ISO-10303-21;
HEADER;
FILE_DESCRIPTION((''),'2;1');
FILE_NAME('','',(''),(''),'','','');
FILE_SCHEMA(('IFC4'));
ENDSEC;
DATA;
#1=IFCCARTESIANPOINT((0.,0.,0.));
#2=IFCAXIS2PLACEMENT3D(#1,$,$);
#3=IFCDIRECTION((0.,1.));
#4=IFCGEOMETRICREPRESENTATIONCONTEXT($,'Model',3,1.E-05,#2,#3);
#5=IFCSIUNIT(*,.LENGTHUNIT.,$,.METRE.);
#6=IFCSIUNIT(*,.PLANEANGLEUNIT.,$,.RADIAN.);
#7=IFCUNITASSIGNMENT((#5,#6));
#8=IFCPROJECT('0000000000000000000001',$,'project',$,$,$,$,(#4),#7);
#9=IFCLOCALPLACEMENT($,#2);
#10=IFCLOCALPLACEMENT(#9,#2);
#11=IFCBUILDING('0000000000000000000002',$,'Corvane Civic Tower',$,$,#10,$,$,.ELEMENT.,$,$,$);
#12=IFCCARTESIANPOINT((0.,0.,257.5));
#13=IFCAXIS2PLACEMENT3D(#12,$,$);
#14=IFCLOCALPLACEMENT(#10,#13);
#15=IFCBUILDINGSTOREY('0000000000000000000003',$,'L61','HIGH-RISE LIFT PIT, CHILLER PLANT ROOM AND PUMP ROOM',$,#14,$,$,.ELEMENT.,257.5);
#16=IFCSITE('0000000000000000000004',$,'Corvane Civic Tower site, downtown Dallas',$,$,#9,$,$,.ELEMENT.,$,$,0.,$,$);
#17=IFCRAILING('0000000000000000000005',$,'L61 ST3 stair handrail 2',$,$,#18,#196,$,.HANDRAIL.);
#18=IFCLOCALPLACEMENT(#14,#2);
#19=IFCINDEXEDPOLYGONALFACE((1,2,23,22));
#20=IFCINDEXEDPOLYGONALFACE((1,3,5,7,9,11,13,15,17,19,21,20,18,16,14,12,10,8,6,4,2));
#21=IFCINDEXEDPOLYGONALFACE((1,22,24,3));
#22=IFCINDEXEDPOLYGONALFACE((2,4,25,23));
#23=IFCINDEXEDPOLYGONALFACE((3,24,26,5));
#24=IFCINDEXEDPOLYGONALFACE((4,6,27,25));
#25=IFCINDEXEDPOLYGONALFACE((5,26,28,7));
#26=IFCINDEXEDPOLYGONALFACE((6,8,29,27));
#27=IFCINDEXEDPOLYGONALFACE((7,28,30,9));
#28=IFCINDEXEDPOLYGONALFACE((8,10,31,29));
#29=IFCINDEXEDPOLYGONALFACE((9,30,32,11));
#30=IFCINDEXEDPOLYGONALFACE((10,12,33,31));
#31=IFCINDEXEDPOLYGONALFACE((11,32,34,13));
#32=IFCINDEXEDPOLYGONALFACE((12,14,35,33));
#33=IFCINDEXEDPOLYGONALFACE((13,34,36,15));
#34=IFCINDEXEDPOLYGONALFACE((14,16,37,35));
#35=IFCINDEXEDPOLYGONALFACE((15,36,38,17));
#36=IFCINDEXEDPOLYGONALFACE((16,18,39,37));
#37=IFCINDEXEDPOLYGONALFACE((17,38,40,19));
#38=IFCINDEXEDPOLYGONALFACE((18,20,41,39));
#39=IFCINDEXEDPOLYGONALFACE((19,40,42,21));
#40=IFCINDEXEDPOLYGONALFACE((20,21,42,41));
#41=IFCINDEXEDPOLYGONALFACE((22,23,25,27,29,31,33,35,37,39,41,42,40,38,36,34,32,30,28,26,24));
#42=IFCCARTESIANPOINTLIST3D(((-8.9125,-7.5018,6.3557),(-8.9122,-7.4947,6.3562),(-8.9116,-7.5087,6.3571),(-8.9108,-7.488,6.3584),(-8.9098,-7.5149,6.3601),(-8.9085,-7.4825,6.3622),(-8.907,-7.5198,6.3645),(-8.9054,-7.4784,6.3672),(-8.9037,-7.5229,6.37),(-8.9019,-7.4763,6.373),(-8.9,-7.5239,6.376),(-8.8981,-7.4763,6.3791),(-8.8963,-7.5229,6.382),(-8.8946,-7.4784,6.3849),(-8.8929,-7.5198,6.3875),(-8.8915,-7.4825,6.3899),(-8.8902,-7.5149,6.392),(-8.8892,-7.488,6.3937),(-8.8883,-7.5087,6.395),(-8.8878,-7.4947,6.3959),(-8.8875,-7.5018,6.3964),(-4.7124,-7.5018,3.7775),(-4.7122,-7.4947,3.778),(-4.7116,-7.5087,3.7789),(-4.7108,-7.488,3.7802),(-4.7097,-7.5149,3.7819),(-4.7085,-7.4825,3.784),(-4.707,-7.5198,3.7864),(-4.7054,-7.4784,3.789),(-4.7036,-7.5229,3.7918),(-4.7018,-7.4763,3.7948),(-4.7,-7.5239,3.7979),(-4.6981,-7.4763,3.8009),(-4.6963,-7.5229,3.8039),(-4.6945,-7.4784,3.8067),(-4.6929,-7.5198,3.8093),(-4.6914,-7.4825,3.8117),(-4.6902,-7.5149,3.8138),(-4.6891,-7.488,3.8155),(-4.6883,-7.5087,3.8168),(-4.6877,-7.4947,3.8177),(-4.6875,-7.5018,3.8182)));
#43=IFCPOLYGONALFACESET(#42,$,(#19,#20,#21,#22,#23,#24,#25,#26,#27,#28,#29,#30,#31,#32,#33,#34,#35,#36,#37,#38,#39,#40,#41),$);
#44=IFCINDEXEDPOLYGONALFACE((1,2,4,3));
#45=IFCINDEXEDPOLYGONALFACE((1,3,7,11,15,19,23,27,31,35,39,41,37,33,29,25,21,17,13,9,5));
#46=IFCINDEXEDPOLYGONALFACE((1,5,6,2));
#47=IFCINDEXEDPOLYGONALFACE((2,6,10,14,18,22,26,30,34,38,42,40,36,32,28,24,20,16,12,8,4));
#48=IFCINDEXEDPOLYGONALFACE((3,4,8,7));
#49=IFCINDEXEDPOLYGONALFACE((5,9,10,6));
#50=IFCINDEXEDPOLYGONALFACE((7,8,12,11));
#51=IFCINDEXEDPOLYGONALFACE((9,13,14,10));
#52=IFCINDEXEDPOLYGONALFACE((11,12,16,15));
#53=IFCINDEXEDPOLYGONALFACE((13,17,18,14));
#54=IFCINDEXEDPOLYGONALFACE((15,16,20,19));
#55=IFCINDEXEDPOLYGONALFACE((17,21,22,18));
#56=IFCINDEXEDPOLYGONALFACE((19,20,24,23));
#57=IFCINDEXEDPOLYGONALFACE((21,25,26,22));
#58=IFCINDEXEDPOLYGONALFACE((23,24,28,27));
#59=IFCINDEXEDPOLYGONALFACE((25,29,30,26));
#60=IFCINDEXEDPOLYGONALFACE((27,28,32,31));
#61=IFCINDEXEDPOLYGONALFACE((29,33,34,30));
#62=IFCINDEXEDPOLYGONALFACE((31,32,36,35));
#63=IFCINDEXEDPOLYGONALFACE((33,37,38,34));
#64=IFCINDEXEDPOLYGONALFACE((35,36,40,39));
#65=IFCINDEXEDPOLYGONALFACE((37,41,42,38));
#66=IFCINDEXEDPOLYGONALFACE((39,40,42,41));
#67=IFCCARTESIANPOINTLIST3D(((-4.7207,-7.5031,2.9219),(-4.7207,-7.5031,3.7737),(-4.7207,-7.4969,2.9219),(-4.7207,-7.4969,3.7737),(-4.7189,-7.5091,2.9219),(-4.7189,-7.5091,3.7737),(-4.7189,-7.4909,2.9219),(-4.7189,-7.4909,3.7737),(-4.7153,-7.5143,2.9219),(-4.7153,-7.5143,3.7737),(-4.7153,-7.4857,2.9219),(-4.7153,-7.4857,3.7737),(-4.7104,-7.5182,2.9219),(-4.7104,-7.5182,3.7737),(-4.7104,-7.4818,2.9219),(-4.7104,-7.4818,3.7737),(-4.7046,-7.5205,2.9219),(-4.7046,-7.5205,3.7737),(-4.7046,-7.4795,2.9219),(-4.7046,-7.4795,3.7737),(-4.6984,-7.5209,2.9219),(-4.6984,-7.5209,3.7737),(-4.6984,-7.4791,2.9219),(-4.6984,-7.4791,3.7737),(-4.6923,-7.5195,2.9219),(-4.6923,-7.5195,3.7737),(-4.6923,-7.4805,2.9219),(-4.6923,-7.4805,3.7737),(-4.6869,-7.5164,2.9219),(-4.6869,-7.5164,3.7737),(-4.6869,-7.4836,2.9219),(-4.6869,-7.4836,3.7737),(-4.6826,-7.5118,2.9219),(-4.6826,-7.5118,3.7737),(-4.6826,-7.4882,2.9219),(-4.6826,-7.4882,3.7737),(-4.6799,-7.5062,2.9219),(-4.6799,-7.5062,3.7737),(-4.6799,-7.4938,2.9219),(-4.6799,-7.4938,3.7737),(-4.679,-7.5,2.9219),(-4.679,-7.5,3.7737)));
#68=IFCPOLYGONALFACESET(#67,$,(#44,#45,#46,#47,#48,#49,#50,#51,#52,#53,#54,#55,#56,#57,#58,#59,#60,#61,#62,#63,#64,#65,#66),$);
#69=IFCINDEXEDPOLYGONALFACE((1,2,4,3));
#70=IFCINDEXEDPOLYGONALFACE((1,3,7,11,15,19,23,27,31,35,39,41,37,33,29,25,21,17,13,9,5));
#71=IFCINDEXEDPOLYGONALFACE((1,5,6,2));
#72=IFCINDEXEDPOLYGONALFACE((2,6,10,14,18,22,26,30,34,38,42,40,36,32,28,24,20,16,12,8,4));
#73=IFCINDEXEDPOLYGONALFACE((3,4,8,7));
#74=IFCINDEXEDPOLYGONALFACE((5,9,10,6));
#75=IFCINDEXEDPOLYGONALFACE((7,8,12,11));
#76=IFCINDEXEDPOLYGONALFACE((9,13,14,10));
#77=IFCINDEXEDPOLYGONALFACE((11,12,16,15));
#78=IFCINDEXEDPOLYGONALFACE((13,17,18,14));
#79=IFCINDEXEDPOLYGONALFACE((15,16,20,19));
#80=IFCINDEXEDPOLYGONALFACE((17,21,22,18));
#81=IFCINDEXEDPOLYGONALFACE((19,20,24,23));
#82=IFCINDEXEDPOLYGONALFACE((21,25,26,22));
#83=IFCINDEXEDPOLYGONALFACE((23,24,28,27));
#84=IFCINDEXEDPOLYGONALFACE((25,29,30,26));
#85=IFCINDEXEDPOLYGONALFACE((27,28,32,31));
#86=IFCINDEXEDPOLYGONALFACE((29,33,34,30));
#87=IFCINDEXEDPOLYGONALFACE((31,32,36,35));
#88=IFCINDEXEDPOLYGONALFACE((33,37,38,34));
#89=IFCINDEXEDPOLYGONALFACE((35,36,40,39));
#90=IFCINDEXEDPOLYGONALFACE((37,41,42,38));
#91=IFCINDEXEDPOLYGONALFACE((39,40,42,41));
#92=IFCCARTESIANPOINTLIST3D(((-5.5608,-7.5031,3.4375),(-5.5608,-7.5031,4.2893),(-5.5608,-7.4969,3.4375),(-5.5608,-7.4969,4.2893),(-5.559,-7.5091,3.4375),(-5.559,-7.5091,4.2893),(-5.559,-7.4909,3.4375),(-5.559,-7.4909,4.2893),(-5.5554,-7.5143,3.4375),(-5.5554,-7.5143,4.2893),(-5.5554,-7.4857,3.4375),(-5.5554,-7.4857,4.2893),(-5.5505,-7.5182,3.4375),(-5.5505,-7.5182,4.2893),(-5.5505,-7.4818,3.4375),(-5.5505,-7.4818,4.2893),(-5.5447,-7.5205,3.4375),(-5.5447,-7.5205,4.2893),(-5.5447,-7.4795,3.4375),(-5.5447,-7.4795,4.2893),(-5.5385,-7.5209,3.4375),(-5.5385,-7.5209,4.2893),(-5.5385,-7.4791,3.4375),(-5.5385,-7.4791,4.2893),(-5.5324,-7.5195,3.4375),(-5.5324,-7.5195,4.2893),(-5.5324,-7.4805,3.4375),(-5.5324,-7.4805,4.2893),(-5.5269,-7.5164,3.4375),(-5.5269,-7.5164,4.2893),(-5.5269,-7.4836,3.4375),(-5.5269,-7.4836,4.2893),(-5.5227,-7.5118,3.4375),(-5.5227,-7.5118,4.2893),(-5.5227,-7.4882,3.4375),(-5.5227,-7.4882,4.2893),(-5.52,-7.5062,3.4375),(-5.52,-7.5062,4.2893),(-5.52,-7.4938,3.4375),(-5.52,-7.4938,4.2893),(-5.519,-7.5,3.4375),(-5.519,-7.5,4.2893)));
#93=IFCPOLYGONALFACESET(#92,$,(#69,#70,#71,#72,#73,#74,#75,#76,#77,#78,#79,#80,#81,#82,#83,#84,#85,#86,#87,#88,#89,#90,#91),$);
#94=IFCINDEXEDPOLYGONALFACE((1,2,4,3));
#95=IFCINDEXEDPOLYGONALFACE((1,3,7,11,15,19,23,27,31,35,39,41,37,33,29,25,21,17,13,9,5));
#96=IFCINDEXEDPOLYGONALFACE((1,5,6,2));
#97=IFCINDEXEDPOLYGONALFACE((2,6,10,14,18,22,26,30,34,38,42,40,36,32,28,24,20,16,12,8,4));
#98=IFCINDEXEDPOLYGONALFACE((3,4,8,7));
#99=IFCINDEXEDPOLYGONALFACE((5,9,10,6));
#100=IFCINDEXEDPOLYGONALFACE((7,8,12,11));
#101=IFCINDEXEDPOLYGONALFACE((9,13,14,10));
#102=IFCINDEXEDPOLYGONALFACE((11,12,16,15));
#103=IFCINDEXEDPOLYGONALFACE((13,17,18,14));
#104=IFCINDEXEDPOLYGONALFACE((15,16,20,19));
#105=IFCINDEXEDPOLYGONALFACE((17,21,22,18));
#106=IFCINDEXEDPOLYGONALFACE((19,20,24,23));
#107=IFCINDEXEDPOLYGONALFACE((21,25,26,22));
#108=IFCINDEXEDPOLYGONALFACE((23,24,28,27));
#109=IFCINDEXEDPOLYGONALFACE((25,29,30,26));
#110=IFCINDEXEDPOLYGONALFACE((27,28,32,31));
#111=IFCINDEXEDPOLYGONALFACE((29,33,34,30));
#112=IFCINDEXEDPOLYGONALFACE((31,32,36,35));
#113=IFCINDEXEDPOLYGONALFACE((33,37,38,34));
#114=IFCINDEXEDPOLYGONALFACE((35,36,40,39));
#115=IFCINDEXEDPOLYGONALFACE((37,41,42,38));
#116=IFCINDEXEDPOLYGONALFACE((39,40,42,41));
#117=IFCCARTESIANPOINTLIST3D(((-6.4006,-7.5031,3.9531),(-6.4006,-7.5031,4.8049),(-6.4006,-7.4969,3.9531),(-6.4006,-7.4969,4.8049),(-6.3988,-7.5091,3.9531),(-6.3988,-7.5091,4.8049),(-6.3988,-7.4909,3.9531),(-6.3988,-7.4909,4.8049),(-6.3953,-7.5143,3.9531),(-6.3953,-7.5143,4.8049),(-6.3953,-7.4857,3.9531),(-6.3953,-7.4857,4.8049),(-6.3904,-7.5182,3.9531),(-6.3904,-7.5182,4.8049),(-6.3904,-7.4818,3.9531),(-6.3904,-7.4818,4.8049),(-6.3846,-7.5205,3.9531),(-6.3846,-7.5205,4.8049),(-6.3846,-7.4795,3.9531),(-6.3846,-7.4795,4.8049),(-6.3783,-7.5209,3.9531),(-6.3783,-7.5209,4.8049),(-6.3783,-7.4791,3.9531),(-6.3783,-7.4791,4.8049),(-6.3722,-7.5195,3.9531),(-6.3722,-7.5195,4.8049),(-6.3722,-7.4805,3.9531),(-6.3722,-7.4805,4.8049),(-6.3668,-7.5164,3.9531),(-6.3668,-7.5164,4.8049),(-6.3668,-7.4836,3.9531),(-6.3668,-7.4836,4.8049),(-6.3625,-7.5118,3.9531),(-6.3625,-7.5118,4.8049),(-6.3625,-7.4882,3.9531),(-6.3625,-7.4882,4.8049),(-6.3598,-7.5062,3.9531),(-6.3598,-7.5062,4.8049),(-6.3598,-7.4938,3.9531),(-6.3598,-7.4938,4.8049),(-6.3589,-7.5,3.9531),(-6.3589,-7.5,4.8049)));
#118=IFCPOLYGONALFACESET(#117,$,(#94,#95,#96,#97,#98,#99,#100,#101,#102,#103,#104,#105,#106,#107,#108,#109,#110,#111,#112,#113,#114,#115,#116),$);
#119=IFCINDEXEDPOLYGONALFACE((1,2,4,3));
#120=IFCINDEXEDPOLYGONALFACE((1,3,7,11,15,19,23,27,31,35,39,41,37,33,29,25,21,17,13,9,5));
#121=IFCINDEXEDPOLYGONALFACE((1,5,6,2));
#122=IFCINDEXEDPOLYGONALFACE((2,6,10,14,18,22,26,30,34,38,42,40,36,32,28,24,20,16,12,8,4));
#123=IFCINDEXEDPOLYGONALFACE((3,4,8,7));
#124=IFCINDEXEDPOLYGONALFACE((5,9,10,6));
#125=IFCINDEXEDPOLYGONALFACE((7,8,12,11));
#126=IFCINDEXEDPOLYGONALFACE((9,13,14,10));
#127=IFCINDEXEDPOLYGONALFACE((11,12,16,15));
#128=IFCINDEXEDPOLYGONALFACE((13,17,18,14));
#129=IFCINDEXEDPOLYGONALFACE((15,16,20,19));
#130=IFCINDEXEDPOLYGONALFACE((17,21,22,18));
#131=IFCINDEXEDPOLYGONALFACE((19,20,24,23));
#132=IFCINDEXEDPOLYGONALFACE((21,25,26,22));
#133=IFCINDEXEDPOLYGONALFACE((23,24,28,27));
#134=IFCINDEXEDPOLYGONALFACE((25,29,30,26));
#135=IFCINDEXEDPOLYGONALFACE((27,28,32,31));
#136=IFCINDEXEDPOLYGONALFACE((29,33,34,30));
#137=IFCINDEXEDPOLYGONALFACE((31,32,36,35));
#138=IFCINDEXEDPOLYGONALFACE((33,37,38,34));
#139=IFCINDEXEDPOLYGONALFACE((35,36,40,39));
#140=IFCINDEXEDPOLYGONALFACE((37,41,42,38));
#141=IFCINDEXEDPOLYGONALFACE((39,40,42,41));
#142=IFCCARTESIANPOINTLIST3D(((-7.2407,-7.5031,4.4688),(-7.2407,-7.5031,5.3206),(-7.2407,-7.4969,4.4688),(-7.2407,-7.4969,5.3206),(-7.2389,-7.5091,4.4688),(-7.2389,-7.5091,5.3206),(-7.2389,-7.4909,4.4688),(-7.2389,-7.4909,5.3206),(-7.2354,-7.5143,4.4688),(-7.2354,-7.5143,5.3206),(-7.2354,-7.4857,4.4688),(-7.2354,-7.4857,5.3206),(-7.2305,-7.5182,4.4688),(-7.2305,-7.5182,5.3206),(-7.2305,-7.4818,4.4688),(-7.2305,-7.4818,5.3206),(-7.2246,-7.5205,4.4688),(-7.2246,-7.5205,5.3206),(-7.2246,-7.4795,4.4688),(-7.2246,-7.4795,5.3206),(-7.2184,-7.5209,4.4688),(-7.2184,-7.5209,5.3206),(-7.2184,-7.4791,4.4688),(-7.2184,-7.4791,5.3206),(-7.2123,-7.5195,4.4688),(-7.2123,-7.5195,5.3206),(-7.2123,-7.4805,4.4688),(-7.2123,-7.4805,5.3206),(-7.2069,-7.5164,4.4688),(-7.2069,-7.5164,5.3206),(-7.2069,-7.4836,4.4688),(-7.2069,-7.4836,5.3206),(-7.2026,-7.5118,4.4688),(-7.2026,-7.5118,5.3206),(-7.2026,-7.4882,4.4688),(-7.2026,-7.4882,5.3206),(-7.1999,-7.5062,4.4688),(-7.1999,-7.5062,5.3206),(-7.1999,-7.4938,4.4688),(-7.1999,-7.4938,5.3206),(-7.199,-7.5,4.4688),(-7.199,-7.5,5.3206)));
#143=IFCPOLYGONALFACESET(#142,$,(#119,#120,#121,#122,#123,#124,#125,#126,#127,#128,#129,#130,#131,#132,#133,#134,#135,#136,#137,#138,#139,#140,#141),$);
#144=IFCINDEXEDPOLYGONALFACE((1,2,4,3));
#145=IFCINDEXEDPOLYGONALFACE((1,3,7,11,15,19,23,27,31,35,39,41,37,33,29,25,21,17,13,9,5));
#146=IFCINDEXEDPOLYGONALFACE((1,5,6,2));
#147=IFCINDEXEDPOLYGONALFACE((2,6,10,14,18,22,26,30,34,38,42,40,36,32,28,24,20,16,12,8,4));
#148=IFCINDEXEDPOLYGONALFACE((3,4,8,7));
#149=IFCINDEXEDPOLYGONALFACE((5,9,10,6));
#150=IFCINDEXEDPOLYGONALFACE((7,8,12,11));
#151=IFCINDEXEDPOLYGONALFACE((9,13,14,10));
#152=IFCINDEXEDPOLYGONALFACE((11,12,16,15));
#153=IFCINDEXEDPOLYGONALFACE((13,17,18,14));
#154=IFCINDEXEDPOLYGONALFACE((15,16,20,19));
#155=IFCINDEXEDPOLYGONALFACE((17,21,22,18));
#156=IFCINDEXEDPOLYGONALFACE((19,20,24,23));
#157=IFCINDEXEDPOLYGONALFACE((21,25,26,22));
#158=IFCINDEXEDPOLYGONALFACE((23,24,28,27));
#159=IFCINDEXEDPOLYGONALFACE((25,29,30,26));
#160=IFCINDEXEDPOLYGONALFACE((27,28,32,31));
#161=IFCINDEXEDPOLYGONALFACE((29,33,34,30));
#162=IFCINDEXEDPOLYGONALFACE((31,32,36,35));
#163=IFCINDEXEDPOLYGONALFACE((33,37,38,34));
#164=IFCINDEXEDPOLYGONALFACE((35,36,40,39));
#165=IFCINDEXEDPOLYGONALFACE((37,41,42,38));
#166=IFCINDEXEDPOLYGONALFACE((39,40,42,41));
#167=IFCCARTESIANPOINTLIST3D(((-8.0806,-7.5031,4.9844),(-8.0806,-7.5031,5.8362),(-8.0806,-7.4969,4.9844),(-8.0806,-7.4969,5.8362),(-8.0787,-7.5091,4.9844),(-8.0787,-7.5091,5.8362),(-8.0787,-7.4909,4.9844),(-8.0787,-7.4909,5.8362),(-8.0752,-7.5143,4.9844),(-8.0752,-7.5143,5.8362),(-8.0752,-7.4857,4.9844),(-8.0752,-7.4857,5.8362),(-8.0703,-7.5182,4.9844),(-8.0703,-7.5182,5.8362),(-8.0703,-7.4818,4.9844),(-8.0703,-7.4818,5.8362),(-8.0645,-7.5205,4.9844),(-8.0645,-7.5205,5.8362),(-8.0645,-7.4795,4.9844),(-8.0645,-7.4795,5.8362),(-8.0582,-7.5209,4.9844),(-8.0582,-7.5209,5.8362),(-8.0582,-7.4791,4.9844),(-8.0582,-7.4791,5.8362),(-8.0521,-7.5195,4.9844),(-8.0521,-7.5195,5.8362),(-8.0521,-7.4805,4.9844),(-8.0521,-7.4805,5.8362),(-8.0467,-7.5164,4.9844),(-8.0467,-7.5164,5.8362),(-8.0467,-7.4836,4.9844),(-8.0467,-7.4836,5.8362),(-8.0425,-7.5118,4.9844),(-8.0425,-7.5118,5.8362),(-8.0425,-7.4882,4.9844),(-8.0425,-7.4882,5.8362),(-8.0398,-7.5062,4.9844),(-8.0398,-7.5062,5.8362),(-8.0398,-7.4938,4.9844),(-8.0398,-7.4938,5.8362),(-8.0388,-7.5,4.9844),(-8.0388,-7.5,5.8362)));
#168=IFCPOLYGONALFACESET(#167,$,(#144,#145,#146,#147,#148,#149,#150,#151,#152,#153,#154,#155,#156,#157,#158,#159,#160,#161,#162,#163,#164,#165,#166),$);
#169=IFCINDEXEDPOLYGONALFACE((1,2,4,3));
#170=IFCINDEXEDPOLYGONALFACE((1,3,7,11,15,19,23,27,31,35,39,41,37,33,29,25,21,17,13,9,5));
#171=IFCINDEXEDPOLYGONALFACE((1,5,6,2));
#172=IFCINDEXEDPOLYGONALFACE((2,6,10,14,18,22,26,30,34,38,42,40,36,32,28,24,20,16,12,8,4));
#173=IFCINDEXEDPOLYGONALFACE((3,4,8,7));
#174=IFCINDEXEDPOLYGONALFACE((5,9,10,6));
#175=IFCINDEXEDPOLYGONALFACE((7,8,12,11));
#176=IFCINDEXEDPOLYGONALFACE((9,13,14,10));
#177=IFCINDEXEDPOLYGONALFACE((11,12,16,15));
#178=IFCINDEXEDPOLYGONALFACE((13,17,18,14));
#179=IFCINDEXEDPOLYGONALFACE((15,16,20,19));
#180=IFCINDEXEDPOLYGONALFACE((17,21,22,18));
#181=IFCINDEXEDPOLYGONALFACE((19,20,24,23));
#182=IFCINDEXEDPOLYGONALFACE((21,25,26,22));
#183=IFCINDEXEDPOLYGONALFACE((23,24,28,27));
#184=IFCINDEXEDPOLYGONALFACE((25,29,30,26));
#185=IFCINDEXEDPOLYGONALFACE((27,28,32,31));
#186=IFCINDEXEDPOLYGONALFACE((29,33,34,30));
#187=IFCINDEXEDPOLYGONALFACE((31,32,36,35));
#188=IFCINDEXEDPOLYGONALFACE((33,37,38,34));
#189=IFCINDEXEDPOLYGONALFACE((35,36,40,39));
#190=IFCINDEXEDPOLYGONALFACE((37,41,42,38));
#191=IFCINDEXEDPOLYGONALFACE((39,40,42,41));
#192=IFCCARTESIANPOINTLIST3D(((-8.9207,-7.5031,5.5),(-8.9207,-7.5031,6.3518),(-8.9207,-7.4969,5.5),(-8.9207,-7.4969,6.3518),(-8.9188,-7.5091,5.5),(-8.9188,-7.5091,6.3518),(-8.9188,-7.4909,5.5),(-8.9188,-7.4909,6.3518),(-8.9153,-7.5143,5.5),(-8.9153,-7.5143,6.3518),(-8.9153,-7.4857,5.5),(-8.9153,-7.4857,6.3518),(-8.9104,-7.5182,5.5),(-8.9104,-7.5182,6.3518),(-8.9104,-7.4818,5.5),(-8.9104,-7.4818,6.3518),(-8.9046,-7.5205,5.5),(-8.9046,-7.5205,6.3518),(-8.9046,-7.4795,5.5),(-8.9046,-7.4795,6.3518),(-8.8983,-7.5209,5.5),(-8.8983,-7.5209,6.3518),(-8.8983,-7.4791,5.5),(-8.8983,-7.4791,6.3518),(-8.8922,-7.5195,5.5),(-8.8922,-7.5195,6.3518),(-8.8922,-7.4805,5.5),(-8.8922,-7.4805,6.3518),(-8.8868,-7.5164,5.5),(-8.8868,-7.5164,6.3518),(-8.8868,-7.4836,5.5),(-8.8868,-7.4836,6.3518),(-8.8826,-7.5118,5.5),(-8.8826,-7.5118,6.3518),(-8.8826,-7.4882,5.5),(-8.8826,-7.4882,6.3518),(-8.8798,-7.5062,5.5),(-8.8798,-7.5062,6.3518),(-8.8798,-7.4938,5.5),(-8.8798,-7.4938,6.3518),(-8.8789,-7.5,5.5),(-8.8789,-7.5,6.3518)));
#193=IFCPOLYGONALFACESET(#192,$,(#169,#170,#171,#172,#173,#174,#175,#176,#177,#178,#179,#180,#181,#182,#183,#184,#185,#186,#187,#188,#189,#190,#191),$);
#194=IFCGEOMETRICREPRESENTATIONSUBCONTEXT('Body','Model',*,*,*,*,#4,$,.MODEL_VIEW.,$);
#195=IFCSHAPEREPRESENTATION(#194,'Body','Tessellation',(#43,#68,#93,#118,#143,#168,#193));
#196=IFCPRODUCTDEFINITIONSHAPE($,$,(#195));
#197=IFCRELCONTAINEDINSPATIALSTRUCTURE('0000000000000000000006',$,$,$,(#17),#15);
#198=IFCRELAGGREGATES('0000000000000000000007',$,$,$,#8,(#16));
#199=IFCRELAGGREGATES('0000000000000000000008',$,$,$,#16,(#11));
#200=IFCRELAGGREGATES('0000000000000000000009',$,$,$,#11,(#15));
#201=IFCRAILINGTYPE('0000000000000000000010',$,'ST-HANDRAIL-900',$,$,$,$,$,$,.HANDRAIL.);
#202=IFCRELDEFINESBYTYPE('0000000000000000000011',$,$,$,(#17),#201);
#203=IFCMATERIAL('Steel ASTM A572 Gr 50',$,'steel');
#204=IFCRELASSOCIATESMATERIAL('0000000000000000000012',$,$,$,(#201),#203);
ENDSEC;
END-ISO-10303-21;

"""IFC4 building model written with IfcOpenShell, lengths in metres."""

from ifc_helpers import new_model, si_unit, direction, frame, origin, origin_2d, place, context, subcontext, project, spatial, circle, extrude, material, type_object, element, save


model = new_model("IFC4")

# Units and contexts
model_context = context("Model", 3, precision=1e-05, world=origin(), true_north=direction((0.0, 1.0)))
body_context = subcontext(model_context, "Body", "Model", "MODEL_VIEW")
ifc_project = project(units=[si_unit("LENGTHUNIT", "METRE"), si_unit("PLANEANGLEUNIT", "RADIAN")], contexts=[model_context])

# Site, building, storey
site_placement = place(None, origin())
site = spatial("IfcSite", under=ifc_project, at=site_placement, Name="Corvane Civic Tower site, downtown Dallas", CompositionType="ELEMENT", RefElevation=0.0)
building_placement = place(site_placement, origin())
building = spatial("IfcBuilding", under=site, at=building_placement, Name="Corvane Civic Tower", CompositionType="ELEMENT")
storey_placement = place(building_placement, frame((0.0, 0.0, 257.5)))
storey = spatial("IfcBuildingStorey", under=building, at=storey_placement, Name="L61", Description="HIGH-RISE LIFT PIT, CHILLER PLANT ROOM AND PUMP ROOM", CompositionType="ELEMENT", Elevation=257.5)

# Railing
ifc_material_1 = material(Name="Steel ASTM A572 Gr 50", Category="steel")
railing_type = type_object("IfcRailingType", Name="ST-HANDRAIL-900", PredefinedType="HANDRAIL", material=ifc_material_1)
railing_placement = place(storey_placement, frame((-4.7, -7.5, 2.9219)))
element("IfcRailing", 1, at=railing_placement, inside=storey, type_object=railing_type, Name="L61 ST3 stair handrail 2", PredefinedType="HANDRAIL", context=body_context, shape_type="SweptSolid", body=[
    extrude(circle(Radius=0.0239, at=origin_2d()), frame((0.0, 0.0, 0.876), z_axis=(-0.852243, 0.0, 0.523146), x_axis=(0.0, -1.0, 0.0)), (0.0, 0.0, 1.0), 4.9282),
    extrude(circle(Radius=0.021, at=origin_2d()), origin(), (0.0, 0.0, 1.0), 0.8518),
    extrude(circle(Radius=0.021, at=origin_2d()), frame((-0.8401, 0.0, 0.5156)), (0.0, 0.0, 1.0), 0.8518),
    extrude(circle(Radius=0.021, at=origin_2d()), frame((-1.6799, 0.0, 1.0312)), (0.0, 0.0, 1.0), 0.8518),
    extrude(circle(Radius=0.021, at=origin_2d()), frame((-2.52, 0.0, 1.5469)), (0.0, 0.0, 1.0), 0.8518),
    extrude(circle(Radius=0.021, at=origin_2d()), frame((-3.3599, 0.0, 2.0625)), (0.0, 0.0, 1.0), 0.8518),
    extrude(circle(Radius=0.021, at=origin_2d()), frame((-4.2, 0.0, 2.5781)), (0.0, 0.0, 1.0), 0.8518),
])

save(model, "model.ifc")
